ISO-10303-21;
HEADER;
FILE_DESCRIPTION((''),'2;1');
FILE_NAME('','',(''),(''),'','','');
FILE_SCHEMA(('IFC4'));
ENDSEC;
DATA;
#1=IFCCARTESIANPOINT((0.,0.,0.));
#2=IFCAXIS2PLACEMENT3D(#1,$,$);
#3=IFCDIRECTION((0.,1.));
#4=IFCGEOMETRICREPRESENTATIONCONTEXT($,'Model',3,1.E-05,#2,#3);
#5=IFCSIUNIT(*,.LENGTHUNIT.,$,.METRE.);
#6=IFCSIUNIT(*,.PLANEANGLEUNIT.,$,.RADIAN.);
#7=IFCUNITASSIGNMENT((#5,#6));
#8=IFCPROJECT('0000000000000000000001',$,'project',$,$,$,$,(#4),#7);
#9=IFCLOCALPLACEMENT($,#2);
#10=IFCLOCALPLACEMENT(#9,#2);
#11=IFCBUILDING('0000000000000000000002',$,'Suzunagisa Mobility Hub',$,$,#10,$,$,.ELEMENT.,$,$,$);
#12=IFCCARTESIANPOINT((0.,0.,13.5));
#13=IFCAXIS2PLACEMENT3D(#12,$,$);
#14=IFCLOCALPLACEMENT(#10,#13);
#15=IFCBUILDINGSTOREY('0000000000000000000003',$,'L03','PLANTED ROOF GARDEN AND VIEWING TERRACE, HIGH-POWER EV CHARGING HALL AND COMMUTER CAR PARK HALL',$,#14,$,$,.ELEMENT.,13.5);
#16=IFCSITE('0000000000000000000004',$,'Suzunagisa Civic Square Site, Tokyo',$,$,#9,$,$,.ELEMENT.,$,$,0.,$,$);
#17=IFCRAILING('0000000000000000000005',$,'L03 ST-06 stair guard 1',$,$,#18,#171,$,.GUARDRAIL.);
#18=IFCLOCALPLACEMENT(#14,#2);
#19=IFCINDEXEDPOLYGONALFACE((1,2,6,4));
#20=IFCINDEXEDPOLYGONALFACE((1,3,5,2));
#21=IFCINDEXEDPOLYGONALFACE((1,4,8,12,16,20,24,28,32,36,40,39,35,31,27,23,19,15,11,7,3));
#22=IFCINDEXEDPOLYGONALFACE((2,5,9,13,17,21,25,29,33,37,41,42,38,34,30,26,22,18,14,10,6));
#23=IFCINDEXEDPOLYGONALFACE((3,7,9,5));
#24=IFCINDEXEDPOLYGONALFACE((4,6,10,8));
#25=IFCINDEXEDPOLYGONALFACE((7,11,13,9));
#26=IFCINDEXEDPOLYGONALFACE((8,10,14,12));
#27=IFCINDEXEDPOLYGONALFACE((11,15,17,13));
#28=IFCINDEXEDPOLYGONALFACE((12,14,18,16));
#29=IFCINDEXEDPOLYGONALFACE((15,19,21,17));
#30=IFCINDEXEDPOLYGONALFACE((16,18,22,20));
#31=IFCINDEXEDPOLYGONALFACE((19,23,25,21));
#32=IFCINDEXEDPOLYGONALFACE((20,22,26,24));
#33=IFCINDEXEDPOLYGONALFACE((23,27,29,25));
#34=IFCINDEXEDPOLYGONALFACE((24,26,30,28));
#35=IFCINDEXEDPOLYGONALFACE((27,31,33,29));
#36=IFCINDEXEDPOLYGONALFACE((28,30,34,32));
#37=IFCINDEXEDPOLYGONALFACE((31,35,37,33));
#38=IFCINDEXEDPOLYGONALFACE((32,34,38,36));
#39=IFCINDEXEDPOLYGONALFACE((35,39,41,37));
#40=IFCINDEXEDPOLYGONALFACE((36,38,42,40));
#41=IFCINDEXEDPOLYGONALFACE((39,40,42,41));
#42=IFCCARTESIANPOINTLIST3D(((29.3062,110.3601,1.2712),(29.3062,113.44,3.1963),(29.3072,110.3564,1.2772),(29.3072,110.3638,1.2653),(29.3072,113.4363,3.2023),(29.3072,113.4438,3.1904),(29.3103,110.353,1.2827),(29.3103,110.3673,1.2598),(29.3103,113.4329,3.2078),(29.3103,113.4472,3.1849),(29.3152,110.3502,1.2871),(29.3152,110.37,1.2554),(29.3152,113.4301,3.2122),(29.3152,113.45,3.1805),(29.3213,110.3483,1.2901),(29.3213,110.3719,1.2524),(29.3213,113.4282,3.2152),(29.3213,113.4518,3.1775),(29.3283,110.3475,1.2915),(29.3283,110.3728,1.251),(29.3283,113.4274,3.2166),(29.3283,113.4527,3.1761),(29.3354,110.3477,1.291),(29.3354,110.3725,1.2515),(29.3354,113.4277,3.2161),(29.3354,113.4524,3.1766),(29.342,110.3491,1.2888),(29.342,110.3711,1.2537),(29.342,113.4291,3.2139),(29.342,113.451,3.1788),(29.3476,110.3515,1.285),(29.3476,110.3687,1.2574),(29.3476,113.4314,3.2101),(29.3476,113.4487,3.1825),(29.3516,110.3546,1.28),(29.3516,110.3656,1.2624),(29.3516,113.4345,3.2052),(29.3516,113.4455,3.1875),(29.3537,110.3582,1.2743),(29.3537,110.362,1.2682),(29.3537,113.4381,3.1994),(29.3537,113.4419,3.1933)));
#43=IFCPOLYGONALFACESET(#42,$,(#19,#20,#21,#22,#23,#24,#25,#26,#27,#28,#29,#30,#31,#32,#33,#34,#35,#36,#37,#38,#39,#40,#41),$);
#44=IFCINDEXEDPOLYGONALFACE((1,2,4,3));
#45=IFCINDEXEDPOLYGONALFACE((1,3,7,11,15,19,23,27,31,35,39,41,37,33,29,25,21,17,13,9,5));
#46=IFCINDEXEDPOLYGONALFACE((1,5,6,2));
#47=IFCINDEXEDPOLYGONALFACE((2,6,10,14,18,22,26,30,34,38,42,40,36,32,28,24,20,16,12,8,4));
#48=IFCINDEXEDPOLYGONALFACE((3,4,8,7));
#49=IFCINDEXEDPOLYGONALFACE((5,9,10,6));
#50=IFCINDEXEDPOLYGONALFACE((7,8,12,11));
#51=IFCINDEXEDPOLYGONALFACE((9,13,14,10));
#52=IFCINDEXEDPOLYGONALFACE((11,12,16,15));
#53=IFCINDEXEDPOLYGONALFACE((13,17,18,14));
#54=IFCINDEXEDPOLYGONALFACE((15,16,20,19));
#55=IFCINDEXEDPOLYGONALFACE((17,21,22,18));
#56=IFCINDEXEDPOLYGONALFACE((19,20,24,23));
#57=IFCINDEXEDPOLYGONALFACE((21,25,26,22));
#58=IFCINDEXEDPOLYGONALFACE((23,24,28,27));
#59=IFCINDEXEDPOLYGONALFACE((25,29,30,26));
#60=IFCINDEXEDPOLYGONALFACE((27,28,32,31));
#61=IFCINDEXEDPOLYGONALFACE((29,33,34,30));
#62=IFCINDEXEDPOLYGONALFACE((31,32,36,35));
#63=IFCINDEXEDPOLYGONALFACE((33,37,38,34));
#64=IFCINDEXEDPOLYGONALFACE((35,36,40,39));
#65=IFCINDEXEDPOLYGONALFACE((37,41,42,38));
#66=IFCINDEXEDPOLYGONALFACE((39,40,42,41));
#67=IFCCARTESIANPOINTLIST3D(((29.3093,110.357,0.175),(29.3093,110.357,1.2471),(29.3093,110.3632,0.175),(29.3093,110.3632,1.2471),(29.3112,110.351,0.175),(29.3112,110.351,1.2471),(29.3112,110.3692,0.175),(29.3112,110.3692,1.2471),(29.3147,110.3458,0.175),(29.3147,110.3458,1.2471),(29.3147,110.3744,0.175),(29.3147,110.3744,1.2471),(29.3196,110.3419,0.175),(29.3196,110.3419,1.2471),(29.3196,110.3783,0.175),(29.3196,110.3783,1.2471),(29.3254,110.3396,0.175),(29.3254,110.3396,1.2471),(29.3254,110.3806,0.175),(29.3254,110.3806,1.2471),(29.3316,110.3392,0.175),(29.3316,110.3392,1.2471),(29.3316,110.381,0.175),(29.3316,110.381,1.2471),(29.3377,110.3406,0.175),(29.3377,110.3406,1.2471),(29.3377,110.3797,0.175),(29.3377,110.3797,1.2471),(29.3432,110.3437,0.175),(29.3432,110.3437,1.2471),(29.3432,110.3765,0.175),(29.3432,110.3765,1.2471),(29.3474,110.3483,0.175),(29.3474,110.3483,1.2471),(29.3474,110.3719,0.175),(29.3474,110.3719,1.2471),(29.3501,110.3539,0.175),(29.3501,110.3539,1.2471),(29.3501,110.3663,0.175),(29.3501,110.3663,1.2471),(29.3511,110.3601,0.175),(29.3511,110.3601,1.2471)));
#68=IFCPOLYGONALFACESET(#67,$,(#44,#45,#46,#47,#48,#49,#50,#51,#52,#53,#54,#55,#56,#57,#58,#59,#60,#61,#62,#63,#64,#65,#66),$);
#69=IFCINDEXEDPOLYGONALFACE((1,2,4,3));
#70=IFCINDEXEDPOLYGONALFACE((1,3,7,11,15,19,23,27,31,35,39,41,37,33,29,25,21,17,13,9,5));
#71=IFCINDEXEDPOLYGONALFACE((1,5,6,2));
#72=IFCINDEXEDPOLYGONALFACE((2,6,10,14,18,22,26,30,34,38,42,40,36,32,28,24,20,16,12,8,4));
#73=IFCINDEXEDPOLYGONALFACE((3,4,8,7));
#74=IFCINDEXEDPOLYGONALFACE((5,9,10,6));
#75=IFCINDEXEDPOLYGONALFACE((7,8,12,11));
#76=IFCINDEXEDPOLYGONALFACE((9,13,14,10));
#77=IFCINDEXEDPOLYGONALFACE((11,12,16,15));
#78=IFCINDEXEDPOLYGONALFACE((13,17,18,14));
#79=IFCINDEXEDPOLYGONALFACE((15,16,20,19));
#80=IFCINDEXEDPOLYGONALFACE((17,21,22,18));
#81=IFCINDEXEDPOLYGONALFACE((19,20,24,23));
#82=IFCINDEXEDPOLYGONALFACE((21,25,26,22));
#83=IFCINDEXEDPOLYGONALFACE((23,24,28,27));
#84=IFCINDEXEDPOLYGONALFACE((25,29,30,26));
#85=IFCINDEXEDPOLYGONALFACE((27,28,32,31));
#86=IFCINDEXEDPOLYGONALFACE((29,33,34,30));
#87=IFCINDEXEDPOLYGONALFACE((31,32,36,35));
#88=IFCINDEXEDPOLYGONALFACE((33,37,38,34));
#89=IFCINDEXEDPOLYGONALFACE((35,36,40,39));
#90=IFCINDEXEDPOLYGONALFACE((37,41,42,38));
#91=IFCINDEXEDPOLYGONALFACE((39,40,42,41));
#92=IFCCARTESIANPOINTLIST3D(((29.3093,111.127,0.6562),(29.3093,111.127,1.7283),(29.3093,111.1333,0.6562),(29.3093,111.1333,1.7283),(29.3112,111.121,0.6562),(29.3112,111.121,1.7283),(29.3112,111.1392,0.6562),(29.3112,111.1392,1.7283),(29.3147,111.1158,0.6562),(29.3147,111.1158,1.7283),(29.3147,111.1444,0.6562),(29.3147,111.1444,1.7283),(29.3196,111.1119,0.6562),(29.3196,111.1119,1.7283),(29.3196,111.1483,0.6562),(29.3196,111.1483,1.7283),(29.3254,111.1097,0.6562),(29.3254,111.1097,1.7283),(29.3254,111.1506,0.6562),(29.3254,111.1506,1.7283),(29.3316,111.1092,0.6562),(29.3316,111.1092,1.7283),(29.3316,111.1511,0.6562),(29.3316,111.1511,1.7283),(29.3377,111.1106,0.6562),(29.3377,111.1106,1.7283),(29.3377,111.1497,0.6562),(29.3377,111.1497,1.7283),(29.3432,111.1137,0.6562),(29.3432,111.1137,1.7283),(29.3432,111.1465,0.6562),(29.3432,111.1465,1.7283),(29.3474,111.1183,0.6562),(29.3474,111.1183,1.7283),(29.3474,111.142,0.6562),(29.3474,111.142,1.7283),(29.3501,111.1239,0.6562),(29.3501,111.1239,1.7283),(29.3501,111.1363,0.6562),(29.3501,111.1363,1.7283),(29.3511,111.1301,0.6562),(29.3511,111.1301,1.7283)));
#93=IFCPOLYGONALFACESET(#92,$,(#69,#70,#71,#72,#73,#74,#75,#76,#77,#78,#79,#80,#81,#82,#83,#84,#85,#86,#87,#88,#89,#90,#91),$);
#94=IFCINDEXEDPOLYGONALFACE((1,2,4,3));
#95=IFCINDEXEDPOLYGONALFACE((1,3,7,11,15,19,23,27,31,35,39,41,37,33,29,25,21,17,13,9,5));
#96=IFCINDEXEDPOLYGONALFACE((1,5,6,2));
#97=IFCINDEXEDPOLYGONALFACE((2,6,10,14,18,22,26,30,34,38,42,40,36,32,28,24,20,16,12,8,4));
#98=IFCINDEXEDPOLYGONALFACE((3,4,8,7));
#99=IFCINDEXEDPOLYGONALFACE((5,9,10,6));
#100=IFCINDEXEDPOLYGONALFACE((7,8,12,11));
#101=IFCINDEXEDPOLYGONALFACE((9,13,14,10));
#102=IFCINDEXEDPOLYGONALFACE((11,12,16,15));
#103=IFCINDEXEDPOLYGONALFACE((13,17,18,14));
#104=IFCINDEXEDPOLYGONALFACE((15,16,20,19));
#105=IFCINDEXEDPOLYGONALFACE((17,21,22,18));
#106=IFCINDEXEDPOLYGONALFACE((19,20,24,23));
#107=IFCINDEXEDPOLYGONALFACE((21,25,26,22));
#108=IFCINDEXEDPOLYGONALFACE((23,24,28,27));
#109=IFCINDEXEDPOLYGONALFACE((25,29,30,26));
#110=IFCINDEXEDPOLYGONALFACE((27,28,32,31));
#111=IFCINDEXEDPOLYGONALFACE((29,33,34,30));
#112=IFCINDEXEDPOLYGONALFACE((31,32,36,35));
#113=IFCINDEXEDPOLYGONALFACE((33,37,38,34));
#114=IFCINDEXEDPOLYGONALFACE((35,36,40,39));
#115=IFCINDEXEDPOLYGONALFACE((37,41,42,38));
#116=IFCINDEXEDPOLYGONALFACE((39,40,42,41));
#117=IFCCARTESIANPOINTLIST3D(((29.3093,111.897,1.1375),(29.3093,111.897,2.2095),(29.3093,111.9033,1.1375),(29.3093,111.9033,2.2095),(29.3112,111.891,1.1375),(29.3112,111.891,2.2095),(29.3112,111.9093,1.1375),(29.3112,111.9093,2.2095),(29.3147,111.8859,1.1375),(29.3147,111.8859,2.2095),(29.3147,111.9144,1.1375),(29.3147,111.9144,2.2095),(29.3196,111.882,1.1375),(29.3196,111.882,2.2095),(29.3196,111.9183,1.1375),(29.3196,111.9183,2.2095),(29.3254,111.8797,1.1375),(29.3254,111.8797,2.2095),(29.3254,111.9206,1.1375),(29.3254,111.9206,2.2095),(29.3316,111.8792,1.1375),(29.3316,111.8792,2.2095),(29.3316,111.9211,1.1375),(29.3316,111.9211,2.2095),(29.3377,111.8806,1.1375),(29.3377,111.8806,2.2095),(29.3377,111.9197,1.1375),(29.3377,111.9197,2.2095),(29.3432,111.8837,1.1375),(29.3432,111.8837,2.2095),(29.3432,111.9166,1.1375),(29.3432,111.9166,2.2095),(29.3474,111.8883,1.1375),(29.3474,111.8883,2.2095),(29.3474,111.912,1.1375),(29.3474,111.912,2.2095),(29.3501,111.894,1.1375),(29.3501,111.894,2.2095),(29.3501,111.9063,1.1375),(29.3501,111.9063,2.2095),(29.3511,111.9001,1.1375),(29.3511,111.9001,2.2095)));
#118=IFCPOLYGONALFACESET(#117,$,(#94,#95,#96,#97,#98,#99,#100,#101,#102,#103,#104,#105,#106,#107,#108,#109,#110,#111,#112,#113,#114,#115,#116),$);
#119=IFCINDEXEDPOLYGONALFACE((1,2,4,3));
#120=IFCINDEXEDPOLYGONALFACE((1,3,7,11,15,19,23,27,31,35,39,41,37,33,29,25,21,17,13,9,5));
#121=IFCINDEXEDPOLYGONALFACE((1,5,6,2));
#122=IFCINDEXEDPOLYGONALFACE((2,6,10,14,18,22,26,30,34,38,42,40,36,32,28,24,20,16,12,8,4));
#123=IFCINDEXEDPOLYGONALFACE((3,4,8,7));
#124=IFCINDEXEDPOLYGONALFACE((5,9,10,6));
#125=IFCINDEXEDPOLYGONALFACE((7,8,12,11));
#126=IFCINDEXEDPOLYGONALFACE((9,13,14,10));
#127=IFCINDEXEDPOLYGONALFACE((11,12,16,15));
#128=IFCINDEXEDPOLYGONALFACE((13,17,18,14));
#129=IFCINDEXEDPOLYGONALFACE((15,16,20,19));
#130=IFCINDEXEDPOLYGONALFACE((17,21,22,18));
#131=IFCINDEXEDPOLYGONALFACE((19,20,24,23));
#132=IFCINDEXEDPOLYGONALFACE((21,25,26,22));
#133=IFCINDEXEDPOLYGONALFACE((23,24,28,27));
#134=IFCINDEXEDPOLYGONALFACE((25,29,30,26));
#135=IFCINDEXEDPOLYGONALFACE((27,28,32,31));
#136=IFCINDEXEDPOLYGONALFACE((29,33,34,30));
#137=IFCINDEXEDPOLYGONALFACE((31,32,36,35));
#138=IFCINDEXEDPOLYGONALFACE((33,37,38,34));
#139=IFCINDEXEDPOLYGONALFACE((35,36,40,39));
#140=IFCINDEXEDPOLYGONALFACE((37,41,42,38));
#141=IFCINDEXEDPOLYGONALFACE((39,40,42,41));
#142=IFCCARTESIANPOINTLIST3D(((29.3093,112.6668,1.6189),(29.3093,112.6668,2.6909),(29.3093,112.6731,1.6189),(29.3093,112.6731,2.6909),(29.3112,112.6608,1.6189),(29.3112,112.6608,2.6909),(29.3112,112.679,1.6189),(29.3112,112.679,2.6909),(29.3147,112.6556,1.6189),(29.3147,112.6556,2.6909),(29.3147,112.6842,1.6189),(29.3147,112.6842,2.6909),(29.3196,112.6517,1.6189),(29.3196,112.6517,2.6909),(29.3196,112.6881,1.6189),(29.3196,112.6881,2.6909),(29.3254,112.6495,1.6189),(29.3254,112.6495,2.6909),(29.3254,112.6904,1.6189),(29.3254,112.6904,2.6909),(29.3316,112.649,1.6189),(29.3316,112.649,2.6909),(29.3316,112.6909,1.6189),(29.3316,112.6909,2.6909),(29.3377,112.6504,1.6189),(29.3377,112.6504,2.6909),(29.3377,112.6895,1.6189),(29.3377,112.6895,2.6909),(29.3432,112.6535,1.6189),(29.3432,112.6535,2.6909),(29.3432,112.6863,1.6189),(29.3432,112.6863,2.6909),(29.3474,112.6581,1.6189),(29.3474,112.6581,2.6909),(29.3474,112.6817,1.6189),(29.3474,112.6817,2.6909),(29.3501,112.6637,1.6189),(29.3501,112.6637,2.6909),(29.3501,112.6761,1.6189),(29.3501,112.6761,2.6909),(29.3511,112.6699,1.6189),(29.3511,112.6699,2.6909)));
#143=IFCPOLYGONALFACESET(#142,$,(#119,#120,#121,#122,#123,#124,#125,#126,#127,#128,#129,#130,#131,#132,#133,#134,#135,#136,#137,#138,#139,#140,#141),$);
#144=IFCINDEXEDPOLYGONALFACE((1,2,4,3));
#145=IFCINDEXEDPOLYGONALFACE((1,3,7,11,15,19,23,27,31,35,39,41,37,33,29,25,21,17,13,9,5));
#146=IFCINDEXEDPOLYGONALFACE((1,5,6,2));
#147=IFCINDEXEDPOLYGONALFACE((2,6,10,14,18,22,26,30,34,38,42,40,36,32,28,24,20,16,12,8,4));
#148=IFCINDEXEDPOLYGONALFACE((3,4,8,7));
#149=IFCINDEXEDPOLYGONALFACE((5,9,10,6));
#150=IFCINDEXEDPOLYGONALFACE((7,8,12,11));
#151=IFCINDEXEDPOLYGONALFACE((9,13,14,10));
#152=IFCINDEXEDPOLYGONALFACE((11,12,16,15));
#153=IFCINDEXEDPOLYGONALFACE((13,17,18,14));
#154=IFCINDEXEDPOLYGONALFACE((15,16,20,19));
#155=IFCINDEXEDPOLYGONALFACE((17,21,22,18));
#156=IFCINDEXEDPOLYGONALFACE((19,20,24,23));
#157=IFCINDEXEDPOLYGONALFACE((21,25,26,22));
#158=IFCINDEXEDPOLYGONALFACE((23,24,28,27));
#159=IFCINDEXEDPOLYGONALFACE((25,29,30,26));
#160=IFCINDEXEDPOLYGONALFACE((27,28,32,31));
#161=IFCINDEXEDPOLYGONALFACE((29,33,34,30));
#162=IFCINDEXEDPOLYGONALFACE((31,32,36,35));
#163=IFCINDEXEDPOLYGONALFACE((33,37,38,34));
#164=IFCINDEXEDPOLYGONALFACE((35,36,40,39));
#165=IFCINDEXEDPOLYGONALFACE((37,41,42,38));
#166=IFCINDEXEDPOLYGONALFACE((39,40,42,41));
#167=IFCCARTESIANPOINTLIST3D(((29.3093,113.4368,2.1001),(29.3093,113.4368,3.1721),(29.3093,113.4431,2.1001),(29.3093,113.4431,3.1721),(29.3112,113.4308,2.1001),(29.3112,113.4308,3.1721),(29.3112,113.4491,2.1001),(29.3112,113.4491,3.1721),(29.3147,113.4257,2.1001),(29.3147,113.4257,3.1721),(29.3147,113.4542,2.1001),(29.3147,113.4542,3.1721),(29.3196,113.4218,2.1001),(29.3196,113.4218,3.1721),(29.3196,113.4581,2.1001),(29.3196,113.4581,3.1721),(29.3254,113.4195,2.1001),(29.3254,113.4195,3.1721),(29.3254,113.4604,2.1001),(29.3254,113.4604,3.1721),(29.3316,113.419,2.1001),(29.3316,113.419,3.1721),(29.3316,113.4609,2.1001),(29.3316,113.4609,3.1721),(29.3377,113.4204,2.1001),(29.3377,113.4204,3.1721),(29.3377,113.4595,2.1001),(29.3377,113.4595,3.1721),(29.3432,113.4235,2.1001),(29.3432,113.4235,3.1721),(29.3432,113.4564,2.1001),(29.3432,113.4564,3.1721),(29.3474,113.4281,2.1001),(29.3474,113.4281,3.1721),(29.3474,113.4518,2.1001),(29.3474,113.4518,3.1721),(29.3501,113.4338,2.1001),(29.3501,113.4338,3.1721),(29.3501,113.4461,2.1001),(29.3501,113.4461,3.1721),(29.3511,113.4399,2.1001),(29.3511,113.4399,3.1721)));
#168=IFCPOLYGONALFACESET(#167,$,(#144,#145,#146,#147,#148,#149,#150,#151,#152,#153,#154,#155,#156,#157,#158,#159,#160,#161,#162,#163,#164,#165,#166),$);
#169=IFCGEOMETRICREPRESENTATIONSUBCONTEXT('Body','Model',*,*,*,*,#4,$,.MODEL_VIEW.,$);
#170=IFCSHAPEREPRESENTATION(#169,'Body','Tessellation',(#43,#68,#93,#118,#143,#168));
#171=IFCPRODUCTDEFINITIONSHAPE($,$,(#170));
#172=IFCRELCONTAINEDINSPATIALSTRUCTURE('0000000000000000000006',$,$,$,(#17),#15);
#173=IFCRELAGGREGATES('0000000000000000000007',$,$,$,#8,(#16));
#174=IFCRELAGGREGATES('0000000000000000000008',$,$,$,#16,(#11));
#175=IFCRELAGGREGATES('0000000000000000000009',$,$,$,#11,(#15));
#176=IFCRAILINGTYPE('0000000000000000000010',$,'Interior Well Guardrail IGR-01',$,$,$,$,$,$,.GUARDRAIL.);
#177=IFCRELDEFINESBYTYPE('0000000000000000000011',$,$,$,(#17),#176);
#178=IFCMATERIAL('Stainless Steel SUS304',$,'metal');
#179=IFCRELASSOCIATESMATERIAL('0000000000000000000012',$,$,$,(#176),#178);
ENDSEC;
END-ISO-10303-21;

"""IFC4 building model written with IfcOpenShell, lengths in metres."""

from ifc_helpers import new_model, si_unit, direction, frame, origin, origin_2d, place, context, subcontext, project, spatial, circle, extrude, material, type_object, element, save


model = new_model("IFC4")

# Units and contexts
model_context = context("Model", 3, precision=1e-05, world=origin(), true_north=direction((0.0, 1.0)))
body_context = subcontext(model_context, "Body", "Model", "MODEL_VIEW")
ifc_project = project(units=[si_unit("LENGTHUNIT", "METRE"), si_unit("PLANEANGLEUNIT", "RADIAN")], contexts=[model_context])

# Site, building, storey
site_placement = place(None, origin())
site = spatial("IfcSite", under=ifc_project, at=site_placement, Name="Suzunagisa Civic Square Site, Tokyo", CompositionType="ELEMENT", RefElevation=0.0)
building_placement = place(site_placement, origin())
building = spatial("IfcBuilding", under=site, at=building_placement, Name="Suzunagisa Mobility Hub", CompositionType="ELEMENT")
storey_placement = place(building_placement, frame((0.0, 0.0, 13.5)))
storey = spatial("IfcBuildingStorey", under=building, at=storey_placement, Name="L03", Description="PLANTED ROOF GARDEN AND VIEWING TERRACE, HIGH-POWER EV CHARGING HALL AND COMMUTER CAR PARK HALL", CompositionType="ELEMENT", Elevation=13.5)

# Railing
ifc_material_1 = material(Name="Stainless Steel SUS304", Category="metal")
railing_type_1 = type_object("IfcRailingType", Name="Interior Well Guardrail IGR-01", PredefinedType="GUARDRAIL", material=ifc_material_1)
railing_1_placement = place(storey_placement, frame((29.3301, 110.3601, 0.175)))
element("IfcRailing", 1, at=railing_1_placement, inside=storey, type_object=railing_type_1, Name="L03 ST-06 stair guard 1", PredefinedType="GUARDRAIL", context=body_context, shape_type="SweptSolid", body=[
    extrude(circle(Radius=0.0239, at=origin_2d()), frame((0.0, 0.0, 1.0962), z_axis=(0.0, 0.847979, 0.530029), x_axis=(-1.0, 0.0, 0.0)), (0.0, 0.0, 1.0), 3.6321),
    extrude(circle(Radius=0.021, at=origin_2d()), origin(), (0.0, 0.0, 1.0), 1.072),
    extrude(circle(Radius=0.021, at=origin_2d()), frame((0.0, 0.77, 0.4812)), (0.0, 0.0, 1.0), 1.072),
    extrude(circle(Radius=0.021, at=origin_2d()), frame((0.0, 1.54, 0.9624)), (0.0, 0.0, 1.0), 1.072),
    extrude(circle(Radius=0.021, at=origin_2d()), frame((0.0, 2.3098, 1.4438)), (0.0, 0.0, 1.0), 1.072),
    extrude(circle(Radius=0.021, at=origin_2d()), frame((0.0, 3.0798, 1.925)), (0.0, 0.0, 1.0), 1.072),
])

save(model, "model.ifc")
